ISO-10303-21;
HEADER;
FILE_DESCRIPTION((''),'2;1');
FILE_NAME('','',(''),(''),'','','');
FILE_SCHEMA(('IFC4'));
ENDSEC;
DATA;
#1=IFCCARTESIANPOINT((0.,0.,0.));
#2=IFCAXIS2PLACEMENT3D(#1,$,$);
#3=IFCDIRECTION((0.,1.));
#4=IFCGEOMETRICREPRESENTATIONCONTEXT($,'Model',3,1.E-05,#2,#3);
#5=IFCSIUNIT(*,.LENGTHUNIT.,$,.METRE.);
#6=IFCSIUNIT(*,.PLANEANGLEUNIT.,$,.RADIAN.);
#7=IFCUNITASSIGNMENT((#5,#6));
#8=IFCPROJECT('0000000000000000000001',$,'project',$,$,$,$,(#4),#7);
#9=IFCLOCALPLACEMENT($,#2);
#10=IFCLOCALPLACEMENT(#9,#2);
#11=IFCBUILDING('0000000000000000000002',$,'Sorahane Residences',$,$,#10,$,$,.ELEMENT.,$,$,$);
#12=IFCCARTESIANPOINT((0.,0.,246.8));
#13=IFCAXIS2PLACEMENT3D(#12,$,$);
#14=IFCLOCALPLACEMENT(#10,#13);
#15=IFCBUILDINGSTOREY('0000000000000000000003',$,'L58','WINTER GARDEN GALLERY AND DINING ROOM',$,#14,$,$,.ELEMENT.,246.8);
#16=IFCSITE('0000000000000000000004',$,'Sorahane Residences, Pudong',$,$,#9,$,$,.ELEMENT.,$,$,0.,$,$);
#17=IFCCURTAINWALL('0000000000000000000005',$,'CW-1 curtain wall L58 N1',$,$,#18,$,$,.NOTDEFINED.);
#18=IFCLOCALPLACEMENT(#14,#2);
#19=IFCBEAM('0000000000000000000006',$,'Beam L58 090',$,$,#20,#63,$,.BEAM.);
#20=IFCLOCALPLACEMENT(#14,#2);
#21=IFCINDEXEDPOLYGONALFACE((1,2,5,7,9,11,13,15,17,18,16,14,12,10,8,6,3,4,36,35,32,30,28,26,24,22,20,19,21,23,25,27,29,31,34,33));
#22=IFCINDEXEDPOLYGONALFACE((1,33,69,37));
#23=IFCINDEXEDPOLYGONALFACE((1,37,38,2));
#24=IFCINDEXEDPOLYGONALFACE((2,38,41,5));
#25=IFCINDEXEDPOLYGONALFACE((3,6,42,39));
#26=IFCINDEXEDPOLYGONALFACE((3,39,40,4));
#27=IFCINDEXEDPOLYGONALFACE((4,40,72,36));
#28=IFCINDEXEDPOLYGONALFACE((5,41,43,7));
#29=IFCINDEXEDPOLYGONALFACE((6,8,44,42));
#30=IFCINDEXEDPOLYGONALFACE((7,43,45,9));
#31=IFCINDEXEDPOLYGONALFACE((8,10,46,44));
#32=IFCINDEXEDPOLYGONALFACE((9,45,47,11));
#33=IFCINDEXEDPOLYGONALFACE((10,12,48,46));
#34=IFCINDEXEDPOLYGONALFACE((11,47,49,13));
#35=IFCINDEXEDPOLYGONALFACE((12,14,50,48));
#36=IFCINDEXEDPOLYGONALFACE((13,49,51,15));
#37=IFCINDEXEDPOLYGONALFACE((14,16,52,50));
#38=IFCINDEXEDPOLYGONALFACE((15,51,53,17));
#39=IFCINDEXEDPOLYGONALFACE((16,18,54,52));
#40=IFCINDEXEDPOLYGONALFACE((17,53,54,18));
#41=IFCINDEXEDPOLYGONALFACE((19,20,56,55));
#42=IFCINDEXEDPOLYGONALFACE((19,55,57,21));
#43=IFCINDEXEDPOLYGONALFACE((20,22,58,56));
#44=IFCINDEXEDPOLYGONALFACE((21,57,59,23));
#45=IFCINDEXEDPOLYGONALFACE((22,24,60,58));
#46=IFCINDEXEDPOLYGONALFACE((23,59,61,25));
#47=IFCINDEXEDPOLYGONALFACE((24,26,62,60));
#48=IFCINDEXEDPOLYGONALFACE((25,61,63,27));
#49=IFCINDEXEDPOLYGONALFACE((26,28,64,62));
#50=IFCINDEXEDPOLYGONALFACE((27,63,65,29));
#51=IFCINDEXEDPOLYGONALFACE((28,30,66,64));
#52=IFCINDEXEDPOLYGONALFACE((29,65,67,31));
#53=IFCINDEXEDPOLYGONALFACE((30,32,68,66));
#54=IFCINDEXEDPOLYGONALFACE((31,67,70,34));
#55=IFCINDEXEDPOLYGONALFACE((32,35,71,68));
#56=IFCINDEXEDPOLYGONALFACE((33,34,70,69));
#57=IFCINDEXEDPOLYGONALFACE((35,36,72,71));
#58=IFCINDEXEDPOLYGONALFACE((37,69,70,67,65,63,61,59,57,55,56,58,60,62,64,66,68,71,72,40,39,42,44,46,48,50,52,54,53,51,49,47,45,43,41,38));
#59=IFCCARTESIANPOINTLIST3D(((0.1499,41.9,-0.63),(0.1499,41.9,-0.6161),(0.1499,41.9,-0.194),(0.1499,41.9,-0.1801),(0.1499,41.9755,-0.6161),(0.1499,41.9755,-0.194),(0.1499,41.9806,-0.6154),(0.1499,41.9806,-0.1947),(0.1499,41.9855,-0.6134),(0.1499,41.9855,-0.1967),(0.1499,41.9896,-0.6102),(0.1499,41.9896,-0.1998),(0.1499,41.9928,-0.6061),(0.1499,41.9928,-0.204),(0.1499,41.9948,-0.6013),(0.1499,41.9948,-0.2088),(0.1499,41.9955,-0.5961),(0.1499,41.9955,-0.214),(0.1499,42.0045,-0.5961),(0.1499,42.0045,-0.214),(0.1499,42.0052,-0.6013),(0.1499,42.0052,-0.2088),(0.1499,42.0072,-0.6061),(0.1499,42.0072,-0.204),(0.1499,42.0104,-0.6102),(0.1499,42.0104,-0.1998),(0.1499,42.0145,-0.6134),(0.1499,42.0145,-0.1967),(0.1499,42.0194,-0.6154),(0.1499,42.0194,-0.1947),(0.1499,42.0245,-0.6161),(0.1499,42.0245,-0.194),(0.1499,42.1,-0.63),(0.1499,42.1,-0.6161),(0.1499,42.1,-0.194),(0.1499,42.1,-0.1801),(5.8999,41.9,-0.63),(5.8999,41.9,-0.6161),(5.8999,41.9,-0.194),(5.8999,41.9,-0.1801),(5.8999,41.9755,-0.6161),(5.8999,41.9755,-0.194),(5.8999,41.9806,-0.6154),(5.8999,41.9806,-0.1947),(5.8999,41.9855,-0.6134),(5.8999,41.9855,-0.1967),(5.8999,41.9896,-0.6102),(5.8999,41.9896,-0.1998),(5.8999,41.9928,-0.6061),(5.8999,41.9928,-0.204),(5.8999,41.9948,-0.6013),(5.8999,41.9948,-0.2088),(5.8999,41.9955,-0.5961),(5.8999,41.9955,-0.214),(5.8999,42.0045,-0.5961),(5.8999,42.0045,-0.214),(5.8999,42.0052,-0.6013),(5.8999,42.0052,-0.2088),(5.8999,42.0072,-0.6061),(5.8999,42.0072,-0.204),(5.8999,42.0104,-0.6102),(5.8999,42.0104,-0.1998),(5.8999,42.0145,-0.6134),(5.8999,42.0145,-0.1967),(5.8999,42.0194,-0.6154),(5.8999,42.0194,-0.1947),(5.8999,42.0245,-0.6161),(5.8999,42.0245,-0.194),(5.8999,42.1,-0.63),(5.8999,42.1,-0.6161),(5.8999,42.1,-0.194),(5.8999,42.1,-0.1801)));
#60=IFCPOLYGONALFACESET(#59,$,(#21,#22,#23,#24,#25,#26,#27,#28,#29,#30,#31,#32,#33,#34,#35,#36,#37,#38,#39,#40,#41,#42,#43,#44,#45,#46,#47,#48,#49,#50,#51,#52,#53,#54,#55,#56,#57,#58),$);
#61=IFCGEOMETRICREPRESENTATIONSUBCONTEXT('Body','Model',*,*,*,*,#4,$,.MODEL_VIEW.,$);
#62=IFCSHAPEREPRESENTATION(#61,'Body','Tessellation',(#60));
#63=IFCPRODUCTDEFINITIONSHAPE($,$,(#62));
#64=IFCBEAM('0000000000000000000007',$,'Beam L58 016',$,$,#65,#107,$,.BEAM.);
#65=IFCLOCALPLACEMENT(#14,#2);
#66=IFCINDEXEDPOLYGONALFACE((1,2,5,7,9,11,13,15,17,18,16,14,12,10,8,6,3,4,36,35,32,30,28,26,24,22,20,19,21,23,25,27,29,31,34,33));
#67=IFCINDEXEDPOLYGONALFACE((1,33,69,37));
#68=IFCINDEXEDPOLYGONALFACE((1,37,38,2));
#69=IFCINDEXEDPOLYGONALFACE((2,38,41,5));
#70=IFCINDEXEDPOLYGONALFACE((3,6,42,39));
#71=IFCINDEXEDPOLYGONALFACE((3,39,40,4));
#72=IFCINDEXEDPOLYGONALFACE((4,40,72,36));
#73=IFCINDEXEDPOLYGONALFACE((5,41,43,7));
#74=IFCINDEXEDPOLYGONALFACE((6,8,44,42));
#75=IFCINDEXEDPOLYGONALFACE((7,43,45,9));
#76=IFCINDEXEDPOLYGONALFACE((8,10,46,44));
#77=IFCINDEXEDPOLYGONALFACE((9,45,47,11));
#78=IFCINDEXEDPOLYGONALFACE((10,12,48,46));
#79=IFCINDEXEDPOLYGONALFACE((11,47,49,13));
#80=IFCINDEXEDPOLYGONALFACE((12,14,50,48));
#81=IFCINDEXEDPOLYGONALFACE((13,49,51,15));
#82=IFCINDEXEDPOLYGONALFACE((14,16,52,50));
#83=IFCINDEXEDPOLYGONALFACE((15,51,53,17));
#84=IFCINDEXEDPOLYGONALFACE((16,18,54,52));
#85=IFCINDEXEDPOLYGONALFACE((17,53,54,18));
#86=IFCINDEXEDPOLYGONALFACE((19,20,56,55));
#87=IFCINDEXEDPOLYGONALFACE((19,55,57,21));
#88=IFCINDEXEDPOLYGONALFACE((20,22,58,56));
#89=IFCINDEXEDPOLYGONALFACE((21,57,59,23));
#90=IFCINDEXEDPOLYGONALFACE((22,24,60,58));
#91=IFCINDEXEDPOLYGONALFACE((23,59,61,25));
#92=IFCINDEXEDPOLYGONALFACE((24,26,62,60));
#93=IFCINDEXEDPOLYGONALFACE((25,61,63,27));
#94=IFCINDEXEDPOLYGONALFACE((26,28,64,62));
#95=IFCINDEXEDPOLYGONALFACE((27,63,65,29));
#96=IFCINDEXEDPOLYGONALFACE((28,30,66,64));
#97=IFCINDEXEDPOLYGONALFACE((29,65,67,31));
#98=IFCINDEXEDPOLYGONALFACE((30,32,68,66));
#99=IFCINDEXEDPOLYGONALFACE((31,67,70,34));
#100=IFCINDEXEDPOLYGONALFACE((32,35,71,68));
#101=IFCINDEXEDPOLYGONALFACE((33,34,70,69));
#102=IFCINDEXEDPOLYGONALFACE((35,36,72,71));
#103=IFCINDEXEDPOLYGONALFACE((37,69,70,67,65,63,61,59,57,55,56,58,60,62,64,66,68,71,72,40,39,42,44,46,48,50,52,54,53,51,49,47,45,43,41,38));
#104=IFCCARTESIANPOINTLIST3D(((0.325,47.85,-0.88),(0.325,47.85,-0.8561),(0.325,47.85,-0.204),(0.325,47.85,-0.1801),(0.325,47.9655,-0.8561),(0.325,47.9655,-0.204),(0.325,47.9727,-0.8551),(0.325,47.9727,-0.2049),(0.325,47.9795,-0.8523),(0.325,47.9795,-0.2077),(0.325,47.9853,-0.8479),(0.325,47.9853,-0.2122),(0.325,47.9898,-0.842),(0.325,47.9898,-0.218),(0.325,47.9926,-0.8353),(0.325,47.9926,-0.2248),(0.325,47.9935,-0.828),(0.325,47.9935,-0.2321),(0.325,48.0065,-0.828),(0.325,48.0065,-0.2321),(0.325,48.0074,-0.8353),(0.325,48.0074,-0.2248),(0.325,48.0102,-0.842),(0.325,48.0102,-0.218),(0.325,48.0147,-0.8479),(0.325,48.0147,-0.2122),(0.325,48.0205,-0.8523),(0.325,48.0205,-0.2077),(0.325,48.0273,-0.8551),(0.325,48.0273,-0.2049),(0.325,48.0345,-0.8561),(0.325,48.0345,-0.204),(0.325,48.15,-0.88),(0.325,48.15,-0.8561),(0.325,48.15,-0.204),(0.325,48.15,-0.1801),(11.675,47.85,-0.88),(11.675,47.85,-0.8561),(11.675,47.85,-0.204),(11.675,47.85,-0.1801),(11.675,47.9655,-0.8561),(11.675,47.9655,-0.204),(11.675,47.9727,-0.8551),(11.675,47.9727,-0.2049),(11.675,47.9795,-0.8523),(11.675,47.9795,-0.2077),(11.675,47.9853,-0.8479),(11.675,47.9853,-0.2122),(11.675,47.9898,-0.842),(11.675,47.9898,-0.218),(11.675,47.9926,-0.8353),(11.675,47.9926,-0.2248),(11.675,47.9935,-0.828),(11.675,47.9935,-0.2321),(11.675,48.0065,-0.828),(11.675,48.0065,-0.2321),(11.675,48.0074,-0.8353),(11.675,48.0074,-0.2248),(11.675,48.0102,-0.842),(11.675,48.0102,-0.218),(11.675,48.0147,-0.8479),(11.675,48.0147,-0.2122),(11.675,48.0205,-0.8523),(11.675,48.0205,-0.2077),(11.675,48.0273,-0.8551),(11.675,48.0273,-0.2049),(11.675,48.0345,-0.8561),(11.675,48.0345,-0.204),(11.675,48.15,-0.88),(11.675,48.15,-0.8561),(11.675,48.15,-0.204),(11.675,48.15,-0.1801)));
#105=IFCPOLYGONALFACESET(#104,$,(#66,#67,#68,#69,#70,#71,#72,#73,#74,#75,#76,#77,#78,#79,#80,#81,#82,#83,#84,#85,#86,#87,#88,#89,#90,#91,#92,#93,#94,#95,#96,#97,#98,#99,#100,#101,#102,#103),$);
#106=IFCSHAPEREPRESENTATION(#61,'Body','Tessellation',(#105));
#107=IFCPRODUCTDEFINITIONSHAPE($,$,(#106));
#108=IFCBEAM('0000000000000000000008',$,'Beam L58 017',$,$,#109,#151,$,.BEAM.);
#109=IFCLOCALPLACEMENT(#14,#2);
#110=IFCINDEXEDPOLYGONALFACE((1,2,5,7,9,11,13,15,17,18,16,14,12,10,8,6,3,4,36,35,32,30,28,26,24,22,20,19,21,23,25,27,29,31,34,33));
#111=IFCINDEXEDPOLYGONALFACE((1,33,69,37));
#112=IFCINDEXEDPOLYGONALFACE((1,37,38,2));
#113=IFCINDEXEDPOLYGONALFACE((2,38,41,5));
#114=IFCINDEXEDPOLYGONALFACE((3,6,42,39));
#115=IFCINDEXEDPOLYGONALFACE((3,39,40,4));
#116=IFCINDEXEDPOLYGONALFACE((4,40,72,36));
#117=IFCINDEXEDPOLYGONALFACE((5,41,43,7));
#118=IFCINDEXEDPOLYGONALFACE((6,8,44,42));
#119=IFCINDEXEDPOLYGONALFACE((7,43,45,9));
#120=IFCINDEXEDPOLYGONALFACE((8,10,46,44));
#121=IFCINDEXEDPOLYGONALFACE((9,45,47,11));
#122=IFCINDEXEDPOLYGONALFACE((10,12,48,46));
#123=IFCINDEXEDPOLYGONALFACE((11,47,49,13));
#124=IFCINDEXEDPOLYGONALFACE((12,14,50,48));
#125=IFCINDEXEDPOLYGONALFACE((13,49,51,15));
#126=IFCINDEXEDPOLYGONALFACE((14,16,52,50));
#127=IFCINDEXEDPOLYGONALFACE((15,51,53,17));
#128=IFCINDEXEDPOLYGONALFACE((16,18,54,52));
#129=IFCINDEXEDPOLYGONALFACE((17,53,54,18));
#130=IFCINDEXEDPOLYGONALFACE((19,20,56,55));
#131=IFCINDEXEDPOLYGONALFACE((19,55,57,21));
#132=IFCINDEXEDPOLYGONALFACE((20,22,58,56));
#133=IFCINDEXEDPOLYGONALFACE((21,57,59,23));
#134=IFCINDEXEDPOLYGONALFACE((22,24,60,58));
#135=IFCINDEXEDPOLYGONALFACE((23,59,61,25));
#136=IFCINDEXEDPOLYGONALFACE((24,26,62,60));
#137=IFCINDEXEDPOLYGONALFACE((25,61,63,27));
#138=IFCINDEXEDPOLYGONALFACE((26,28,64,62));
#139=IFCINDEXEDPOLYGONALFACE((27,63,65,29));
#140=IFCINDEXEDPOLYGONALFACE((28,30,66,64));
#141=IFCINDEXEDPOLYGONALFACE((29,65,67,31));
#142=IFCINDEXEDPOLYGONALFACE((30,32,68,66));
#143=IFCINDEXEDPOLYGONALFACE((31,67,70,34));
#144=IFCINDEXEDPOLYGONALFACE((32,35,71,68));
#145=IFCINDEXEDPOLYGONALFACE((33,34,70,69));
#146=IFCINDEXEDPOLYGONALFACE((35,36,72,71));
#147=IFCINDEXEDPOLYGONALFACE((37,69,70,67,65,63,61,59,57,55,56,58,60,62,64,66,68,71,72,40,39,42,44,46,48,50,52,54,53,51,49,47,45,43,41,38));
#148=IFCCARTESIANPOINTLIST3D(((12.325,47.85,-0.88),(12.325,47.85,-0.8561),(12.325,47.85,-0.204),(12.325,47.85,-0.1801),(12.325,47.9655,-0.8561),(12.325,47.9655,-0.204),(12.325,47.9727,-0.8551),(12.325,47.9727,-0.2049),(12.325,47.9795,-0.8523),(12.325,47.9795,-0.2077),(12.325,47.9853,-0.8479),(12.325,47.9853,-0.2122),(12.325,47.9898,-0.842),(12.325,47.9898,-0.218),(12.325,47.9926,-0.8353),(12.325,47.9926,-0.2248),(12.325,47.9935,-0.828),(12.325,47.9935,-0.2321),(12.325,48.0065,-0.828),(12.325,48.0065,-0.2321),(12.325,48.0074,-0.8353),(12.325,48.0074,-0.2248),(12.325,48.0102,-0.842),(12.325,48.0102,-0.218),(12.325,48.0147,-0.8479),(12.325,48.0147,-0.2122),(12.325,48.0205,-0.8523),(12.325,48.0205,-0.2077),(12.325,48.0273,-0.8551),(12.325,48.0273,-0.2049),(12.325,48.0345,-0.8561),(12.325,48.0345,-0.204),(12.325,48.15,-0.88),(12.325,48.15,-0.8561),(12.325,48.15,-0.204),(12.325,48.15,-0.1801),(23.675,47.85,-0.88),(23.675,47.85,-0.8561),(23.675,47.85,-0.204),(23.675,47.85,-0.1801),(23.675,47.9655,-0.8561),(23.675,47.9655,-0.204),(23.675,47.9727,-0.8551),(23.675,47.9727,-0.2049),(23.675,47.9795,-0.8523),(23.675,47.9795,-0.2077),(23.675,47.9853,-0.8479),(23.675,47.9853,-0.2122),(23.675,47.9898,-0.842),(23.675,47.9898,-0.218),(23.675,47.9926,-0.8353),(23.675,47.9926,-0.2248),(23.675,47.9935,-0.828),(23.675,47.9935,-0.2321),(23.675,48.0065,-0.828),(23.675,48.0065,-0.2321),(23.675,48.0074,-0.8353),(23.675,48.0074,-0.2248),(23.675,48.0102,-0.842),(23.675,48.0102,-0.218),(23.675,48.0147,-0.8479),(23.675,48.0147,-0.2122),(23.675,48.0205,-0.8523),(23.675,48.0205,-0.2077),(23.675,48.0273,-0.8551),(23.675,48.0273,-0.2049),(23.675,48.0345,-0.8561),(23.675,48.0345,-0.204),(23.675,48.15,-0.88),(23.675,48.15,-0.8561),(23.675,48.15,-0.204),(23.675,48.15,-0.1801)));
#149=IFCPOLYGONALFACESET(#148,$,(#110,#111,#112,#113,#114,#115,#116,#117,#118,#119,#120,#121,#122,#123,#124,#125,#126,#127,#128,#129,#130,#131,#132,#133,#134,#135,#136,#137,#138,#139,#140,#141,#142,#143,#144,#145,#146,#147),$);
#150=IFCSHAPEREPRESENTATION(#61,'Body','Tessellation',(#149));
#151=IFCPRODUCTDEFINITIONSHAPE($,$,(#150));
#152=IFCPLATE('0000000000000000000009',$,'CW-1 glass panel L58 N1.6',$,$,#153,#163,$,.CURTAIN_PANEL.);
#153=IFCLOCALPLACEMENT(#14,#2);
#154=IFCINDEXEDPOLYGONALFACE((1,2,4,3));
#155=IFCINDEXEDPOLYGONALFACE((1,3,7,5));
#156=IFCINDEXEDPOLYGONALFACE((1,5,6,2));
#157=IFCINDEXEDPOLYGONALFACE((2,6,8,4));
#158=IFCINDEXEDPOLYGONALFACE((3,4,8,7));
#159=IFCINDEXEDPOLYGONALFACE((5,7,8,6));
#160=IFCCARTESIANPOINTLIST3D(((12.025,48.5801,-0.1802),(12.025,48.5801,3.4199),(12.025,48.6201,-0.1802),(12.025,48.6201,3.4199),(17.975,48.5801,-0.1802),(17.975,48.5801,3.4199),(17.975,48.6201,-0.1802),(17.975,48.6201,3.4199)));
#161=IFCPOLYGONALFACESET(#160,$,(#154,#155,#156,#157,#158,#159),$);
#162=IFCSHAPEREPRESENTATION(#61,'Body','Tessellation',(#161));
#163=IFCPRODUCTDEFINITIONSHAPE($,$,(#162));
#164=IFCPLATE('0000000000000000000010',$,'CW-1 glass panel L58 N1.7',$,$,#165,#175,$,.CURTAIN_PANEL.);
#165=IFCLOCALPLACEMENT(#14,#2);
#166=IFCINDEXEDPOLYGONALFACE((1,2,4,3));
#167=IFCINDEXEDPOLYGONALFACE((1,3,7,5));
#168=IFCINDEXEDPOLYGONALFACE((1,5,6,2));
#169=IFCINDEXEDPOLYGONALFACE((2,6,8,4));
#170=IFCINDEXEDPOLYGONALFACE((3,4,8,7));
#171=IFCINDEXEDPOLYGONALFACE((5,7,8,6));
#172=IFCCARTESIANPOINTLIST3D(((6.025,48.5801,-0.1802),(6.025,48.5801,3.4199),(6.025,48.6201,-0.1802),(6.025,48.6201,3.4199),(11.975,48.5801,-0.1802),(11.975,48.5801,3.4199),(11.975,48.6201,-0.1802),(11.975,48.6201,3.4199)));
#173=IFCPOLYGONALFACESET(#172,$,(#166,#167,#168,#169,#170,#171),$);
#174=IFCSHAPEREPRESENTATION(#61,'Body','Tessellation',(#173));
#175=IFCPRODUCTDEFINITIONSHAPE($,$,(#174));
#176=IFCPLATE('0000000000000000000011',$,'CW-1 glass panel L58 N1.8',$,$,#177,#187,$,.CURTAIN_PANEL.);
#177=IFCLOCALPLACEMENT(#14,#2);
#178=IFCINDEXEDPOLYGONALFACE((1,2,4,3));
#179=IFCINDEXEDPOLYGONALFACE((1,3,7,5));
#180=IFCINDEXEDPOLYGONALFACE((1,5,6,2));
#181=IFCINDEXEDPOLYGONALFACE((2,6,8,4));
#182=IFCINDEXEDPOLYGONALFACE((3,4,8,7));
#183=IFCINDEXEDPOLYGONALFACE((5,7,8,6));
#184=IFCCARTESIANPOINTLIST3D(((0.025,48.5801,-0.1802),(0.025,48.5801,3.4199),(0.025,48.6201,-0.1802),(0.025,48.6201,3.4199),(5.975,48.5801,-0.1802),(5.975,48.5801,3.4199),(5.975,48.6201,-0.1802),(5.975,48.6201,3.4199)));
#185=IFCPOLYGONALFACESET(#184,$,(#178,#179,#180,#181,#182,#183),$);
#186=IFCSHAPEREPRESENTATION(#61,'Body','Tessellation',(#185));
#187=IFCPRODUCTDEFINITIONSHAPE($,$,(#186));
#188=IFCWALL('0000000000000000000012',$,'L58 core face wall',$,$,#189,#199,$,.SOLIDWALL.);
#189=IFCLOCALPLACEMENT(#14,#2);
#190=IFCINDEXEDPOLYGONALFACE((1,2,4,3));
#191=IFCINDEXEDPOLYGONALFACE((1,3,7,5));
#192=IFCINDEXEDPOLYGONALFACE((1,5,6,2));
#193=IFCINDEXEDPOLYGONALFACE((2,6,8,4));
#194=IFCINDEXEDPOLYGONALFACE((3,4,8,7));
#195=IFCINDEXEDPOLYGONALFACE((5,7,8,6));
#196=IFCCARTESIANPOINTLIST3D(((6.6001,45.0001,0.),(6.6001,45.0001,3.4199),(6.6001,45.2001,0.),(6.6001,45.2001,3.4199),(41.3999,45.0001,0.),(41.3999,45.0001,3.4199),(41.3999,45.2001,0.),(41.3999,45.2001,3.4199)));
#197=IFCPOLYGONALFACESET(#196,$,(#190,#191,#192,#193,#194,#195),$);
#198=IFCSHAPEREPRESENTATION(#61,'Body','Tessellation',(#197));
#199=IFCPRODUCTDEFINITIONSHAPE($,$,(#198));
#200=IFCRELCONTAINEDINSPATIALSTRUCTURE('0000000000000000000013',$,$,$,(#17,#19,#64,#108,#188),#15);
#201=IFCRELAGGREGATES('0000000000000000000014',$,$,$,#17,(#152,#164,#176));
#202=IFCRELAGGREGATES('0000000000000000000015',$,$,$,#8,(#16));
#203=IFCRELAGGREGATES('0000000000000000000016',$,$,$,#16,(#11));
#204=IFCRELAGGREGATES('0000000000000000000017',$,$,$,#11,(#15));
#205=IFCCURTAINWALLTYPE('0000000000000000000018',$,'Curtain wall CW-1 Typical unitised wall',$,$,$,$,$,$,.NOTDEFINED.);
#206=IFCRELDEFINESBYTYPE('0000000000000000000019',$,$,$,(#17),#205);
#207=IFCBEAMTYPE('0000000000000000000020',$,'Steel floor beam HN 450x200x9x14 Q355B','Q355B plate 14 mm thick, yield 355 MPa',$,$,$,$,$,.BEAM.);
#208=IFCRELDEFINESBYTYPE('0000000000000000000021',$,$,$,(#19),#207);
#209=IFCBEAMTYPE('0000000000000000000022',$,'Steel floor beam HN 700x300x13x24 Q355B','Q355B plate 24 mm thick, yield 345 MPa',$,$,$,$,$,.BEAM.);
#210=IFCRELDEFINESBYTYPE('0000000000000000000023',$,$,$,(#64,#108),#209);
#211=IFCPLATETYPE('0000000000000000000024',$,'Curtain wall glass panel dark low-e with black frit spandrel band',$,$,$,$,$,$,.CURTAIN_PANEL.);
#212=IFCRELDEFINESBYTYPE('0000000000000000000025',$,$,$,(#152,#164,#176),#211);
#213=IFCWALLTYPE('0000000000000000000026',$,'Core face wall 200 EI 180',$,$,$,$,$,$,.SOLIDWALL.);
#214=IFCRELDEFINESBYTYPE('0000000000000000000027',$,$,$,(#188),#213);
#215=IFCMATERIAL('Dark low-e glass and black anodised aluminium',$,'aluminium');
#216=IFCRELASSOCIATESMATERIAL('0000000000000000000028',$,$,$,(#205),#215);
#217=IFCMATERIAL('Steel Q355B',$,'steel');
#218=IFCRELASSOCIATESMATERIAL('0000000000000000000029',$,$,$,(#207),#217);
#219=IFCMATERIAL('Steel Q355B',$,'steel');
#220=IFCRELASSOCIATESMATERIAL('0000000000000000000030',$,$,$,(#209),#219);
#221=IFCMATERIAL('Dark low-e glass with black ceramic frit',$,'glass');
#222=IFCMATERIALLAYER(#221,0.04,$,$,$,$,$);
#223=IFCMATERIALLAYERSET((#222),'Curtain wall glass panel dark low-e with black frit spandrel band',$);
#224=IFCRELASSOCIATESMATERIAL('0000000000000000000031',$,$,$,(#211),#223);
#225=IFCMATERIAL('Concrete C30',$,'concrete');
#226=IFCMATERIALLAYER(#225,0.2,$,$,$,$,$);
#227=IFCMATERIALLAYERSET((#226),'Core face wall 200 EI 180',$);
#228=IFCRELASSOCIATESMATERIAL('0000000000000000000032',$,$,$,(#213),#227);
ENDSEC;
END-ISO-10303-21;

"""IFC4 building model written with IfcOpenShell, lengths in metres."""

from ifc_helpers import new_model, si_unit, direction, frame, frame_2d, origin, origin_2d, place, context, subcontext, project, spatial, rectangle, i_section, extrude, material, layer, layer_set, material_profile, profile_set, type_object, element, aggregate, save


model = new_model("IFC4")

# Units and contexts
model_context = context("Model", 3, precision=1e-05, world=origin(), true_north=direction((0.0, 1.0)))
body_context = subcontext(model_context, "Body", "Model", "MODEL_VIEW")
ifc_project = project(units=[si_unit("LENGTHUNIT", "METRE"), si_unit("PLANEANGLEUNIT", "RADIAN")], contexts=[model_context])

# Site, building, storey
site_placement = place(None, origin())
site = spatial("IfcSite", under=ifc_project, at=site_placement, Name="Sorahane Residences, Pudong", CompositionType="ELEMENT", RefElevation=0.0)
building_placement = place(site_placement, origin())
building = spatial("IfcBuilding", under=site, at=building_placement, Name="Sorahane Residences", CompositionType="ELEMENT")
storey_placement = place(building_placement, frame((0.0, 0.0, 246.8)))
storey = spatial("IfcBuildingStorey", under=building, at=storey_placement, Name="L58", Description="WINTER GARDEN GALLERY AND DINING ROOM", CompositionType="ELEMENT", Elevation=246.8)

# Curtain wall
ifc_material_1 = material(Name="Dark low-e glass and black anodised aluminium", Category="aluminium")
curtain_wall_type = type_object("IfcCurtainWallType", Name="Curtain wall CW-1 Typical unitised wall", PredefinedType="NOTDEFINED", material=ifc_material_1)
curtain_wall_placement = place(storey_placement, origin())
curtain_wall = element("IfcCurtainWall", 1, at=curtain_wall_placement, inside=storey, type_object=curtain_wall_type, Name="CW-1 curtain wall L58 N1", PredefinedType="NOTDEFINED")

# Beams
ifc_material_2 = material(Name="Steel Q355B", Category="steel")
ifc_material_profile_1 = material_profile(ifc_material_2, i_section(OverallWidth=0.2, OverallDepth=0.45, WebThickness=0.009, FlangeThickness=0.0139, FilletRadius=0.02, at=origin_2d()), Name="HN 450x200x9x14")
ifc_profile_set_1 = profile_set([ifc_material_profile_1], Name="Steel Q355B")
beam_type_1 = type_object("IfcBeamType", Name="Steel floor beam HN 450x200x9x14 Q355B", Description="Q355B plate 14 mm thick, yield 355 MPa", PredefinedType="BEAM", material=ifc_profile_set_1)
beam_1_placement = place(storey_placement, frame((0.1499, 42.0, -0.405), z_axis=(1.0, 0.0, 0.0), x_axis=(0.0, 1.0, 0.0)))
element("IfcBeam", 2, at=beam_1_placement, inside=storey, type_object=beam_type_1, Name="Beam L58 090", PredefinedType="BEAM", context=body_context, shape_type="SweptSolid", body=[
    extrude(i_section(OverallWidth=0.2, OverallDepth=0.45, WebThickness=0.009, FlangeThickness=0.0139, FilletRadius=0.02, at=origin_2d()), origin(), (0.0, 0.0, 1.0), 5.75),
])
ifc_material_3 = material(Name="Steel Q355B", Category="steel")
ifc_material_profile_2 = material_profile(ifc_material_3, i_section(OverallWidth=0.3, OverallDepth=0.7, WebThickness=0.0129, FlangeThickness=0.0239, FilletRadius=0.0281, at=origin_2d()), Name="HN 700x300x13x24")
ifc_profile_set_2 = profile_set([ifc_material_profile_2], Name="Steel Q355B")
beam_type_2 = type_object("IfcBeamType", Name="Steel floor beam HN 700x300x13x24 Q355B", Description="Q355B plate 24 mm thick, yield 345 MPa", PredefinedType="BEAM", material=ifc_profile_set_2)
for number, where, z_axis, x_axis, name in (
    (3, (0.325, 48.0, -0.53), (1.0, 0.0, 0.0), (0.0, 1.0, 0.0), "Beam L58 016"),
    (4, (12.325, 48.0, -0.53), (1.0, 0.0, 0.0), (0.0, 1.0, 0.0), "Beam L58 017"),
):
    element("IfcBeam", number, at=place(storey_placement, frame(where, z_axis=z_axis, x_axis=x_axis)), inside=storey, type_object=beam_type_2, Name=name, PredefinedType="BEAM", context=body_context, shape_type="SweptSolid", body=[
        extrude(i_section(OverallWidth=0.3, OverallDepth=0.7, WebThickness=0.0129, FlangeThickness=0.0239, FilletRadius=0.0281, at=origin_2d()), origin(), (0.0, 0.0, 1.0), 11.3501),
    ])

# Plates
ifc_material_4 = material(Name="Dark low-e glass with black ceramic frit", Category="glass")
ifc_layer_1 = layer(ifc_material_4, 0.04)
ifc_layer_set_1 = layer_set([ifc_layer_1], Name="Curtain wall glass panel dark low-e with black frit spandrel band")
plate_type = type_object("IfcPlateType", Name="Curtain wall glass panel dark low-e with black frit spandrel band", PredefinedType="CURTAIN_PANEL", material=ifc_layer_set_1)
plate_1_placement = place(storey_placement, frame((15.0, 48.6001, -0.1802), z_axis=(0.0, 0.0, 1.0), x_axis=(-1.0, 0.0, 0.0)))
plate_1 = element("IfcPlate", 5, at=plate_1_placement, type_object=plate_type, Name="CW-1 glass panel L58 N1.6", PredefinedType="CURTAIN_PANEL", context=body_context, shape_type="SweptSolid", body=[
    extrude(rectangle(XDim=5.95, YDim=0.04, at=origin_2d()), origin(), (0.0, 0.0, 1.0), 3.6001),
])
plate_2_placement = place(storey_placement, frame((9.0, 48.6001, -0.1802), z_axis=(0.0, 0.0, 1.0), x_axis=(-1.0, 0.0, 0.0)))
plate_2 = element("IfcPlate", 6, at=plate_2_placement, type_object=plate_type, Name="CW-1 glass panel L58 N1.7", PredefinedType="CURTAIN_PANEL", context=body_context, shape_type="SweptSolid", body=[
    extrude(rectangle(XDim=5.95, YDim=0.04, at=origin_2d()), origin(), (0.0, 0.0, 1.0), 3.6001),
])
plate_3_placement = place(storey_placement, frame((3.0, 48.6001, -0.1802), z_axis=(0.0, 0.0, 1.0), x_axis=(-1.0, 0.0, 0.0)))
plate_3 = element("IfcPlate", 7, at=plate_3_placement, type_object=plate_type, Name="CW-1 glass panel L58 N1.8", PredefinedType="CURTAIN_PANEL", context=body_context, shape_type="SweptSolid", body=[
    extrude(rectangle(XDim=5.95, YDim=0.04, at=origin_2d()), origin(), (0.0, 0.0, 1.0), 3.6001),
])
aggregate(curtain_wall, [plate_1, plate_2, plate_3])

# Wall
ifc_material_5 = material(Name="Concrete C30", Category="concrete")
ifc_layer_2 = layer(ifc_material_5, 0.2)
ifc_layer_set_2 = layer_set([ifc_layer_2], Name="Core face wall 200 EI 180")
wall_type_1 = type_object("IfcWallType", Name="Core face wall 200 EI 180", PredefinedType="SOLIDWALL", material=ifc_layer_set_2)
wall_1_placement = place(storey_placement, frame((6.6001, 45.1001, 0.0), z_axis=(0.0, 0.0, 1.0), x_axis=(1.0, 0.0, 0.0)))
element("IfcWall", 8, at=wall_1_placement, inside=storey, type_object=wall_type_1, Name="L58 core face wall", PredefinedType="SOLIDWALL", context=body_context, shape_type="SweptSolid", body=[
    extrude(rectangle(XDim=34.7998, YDim=0.2, at=frame_2d((17.3999, 0.0))), origin(), (0.0, 0.0, 1.0), 3.4199),
])

save(model, "model.ifc")
